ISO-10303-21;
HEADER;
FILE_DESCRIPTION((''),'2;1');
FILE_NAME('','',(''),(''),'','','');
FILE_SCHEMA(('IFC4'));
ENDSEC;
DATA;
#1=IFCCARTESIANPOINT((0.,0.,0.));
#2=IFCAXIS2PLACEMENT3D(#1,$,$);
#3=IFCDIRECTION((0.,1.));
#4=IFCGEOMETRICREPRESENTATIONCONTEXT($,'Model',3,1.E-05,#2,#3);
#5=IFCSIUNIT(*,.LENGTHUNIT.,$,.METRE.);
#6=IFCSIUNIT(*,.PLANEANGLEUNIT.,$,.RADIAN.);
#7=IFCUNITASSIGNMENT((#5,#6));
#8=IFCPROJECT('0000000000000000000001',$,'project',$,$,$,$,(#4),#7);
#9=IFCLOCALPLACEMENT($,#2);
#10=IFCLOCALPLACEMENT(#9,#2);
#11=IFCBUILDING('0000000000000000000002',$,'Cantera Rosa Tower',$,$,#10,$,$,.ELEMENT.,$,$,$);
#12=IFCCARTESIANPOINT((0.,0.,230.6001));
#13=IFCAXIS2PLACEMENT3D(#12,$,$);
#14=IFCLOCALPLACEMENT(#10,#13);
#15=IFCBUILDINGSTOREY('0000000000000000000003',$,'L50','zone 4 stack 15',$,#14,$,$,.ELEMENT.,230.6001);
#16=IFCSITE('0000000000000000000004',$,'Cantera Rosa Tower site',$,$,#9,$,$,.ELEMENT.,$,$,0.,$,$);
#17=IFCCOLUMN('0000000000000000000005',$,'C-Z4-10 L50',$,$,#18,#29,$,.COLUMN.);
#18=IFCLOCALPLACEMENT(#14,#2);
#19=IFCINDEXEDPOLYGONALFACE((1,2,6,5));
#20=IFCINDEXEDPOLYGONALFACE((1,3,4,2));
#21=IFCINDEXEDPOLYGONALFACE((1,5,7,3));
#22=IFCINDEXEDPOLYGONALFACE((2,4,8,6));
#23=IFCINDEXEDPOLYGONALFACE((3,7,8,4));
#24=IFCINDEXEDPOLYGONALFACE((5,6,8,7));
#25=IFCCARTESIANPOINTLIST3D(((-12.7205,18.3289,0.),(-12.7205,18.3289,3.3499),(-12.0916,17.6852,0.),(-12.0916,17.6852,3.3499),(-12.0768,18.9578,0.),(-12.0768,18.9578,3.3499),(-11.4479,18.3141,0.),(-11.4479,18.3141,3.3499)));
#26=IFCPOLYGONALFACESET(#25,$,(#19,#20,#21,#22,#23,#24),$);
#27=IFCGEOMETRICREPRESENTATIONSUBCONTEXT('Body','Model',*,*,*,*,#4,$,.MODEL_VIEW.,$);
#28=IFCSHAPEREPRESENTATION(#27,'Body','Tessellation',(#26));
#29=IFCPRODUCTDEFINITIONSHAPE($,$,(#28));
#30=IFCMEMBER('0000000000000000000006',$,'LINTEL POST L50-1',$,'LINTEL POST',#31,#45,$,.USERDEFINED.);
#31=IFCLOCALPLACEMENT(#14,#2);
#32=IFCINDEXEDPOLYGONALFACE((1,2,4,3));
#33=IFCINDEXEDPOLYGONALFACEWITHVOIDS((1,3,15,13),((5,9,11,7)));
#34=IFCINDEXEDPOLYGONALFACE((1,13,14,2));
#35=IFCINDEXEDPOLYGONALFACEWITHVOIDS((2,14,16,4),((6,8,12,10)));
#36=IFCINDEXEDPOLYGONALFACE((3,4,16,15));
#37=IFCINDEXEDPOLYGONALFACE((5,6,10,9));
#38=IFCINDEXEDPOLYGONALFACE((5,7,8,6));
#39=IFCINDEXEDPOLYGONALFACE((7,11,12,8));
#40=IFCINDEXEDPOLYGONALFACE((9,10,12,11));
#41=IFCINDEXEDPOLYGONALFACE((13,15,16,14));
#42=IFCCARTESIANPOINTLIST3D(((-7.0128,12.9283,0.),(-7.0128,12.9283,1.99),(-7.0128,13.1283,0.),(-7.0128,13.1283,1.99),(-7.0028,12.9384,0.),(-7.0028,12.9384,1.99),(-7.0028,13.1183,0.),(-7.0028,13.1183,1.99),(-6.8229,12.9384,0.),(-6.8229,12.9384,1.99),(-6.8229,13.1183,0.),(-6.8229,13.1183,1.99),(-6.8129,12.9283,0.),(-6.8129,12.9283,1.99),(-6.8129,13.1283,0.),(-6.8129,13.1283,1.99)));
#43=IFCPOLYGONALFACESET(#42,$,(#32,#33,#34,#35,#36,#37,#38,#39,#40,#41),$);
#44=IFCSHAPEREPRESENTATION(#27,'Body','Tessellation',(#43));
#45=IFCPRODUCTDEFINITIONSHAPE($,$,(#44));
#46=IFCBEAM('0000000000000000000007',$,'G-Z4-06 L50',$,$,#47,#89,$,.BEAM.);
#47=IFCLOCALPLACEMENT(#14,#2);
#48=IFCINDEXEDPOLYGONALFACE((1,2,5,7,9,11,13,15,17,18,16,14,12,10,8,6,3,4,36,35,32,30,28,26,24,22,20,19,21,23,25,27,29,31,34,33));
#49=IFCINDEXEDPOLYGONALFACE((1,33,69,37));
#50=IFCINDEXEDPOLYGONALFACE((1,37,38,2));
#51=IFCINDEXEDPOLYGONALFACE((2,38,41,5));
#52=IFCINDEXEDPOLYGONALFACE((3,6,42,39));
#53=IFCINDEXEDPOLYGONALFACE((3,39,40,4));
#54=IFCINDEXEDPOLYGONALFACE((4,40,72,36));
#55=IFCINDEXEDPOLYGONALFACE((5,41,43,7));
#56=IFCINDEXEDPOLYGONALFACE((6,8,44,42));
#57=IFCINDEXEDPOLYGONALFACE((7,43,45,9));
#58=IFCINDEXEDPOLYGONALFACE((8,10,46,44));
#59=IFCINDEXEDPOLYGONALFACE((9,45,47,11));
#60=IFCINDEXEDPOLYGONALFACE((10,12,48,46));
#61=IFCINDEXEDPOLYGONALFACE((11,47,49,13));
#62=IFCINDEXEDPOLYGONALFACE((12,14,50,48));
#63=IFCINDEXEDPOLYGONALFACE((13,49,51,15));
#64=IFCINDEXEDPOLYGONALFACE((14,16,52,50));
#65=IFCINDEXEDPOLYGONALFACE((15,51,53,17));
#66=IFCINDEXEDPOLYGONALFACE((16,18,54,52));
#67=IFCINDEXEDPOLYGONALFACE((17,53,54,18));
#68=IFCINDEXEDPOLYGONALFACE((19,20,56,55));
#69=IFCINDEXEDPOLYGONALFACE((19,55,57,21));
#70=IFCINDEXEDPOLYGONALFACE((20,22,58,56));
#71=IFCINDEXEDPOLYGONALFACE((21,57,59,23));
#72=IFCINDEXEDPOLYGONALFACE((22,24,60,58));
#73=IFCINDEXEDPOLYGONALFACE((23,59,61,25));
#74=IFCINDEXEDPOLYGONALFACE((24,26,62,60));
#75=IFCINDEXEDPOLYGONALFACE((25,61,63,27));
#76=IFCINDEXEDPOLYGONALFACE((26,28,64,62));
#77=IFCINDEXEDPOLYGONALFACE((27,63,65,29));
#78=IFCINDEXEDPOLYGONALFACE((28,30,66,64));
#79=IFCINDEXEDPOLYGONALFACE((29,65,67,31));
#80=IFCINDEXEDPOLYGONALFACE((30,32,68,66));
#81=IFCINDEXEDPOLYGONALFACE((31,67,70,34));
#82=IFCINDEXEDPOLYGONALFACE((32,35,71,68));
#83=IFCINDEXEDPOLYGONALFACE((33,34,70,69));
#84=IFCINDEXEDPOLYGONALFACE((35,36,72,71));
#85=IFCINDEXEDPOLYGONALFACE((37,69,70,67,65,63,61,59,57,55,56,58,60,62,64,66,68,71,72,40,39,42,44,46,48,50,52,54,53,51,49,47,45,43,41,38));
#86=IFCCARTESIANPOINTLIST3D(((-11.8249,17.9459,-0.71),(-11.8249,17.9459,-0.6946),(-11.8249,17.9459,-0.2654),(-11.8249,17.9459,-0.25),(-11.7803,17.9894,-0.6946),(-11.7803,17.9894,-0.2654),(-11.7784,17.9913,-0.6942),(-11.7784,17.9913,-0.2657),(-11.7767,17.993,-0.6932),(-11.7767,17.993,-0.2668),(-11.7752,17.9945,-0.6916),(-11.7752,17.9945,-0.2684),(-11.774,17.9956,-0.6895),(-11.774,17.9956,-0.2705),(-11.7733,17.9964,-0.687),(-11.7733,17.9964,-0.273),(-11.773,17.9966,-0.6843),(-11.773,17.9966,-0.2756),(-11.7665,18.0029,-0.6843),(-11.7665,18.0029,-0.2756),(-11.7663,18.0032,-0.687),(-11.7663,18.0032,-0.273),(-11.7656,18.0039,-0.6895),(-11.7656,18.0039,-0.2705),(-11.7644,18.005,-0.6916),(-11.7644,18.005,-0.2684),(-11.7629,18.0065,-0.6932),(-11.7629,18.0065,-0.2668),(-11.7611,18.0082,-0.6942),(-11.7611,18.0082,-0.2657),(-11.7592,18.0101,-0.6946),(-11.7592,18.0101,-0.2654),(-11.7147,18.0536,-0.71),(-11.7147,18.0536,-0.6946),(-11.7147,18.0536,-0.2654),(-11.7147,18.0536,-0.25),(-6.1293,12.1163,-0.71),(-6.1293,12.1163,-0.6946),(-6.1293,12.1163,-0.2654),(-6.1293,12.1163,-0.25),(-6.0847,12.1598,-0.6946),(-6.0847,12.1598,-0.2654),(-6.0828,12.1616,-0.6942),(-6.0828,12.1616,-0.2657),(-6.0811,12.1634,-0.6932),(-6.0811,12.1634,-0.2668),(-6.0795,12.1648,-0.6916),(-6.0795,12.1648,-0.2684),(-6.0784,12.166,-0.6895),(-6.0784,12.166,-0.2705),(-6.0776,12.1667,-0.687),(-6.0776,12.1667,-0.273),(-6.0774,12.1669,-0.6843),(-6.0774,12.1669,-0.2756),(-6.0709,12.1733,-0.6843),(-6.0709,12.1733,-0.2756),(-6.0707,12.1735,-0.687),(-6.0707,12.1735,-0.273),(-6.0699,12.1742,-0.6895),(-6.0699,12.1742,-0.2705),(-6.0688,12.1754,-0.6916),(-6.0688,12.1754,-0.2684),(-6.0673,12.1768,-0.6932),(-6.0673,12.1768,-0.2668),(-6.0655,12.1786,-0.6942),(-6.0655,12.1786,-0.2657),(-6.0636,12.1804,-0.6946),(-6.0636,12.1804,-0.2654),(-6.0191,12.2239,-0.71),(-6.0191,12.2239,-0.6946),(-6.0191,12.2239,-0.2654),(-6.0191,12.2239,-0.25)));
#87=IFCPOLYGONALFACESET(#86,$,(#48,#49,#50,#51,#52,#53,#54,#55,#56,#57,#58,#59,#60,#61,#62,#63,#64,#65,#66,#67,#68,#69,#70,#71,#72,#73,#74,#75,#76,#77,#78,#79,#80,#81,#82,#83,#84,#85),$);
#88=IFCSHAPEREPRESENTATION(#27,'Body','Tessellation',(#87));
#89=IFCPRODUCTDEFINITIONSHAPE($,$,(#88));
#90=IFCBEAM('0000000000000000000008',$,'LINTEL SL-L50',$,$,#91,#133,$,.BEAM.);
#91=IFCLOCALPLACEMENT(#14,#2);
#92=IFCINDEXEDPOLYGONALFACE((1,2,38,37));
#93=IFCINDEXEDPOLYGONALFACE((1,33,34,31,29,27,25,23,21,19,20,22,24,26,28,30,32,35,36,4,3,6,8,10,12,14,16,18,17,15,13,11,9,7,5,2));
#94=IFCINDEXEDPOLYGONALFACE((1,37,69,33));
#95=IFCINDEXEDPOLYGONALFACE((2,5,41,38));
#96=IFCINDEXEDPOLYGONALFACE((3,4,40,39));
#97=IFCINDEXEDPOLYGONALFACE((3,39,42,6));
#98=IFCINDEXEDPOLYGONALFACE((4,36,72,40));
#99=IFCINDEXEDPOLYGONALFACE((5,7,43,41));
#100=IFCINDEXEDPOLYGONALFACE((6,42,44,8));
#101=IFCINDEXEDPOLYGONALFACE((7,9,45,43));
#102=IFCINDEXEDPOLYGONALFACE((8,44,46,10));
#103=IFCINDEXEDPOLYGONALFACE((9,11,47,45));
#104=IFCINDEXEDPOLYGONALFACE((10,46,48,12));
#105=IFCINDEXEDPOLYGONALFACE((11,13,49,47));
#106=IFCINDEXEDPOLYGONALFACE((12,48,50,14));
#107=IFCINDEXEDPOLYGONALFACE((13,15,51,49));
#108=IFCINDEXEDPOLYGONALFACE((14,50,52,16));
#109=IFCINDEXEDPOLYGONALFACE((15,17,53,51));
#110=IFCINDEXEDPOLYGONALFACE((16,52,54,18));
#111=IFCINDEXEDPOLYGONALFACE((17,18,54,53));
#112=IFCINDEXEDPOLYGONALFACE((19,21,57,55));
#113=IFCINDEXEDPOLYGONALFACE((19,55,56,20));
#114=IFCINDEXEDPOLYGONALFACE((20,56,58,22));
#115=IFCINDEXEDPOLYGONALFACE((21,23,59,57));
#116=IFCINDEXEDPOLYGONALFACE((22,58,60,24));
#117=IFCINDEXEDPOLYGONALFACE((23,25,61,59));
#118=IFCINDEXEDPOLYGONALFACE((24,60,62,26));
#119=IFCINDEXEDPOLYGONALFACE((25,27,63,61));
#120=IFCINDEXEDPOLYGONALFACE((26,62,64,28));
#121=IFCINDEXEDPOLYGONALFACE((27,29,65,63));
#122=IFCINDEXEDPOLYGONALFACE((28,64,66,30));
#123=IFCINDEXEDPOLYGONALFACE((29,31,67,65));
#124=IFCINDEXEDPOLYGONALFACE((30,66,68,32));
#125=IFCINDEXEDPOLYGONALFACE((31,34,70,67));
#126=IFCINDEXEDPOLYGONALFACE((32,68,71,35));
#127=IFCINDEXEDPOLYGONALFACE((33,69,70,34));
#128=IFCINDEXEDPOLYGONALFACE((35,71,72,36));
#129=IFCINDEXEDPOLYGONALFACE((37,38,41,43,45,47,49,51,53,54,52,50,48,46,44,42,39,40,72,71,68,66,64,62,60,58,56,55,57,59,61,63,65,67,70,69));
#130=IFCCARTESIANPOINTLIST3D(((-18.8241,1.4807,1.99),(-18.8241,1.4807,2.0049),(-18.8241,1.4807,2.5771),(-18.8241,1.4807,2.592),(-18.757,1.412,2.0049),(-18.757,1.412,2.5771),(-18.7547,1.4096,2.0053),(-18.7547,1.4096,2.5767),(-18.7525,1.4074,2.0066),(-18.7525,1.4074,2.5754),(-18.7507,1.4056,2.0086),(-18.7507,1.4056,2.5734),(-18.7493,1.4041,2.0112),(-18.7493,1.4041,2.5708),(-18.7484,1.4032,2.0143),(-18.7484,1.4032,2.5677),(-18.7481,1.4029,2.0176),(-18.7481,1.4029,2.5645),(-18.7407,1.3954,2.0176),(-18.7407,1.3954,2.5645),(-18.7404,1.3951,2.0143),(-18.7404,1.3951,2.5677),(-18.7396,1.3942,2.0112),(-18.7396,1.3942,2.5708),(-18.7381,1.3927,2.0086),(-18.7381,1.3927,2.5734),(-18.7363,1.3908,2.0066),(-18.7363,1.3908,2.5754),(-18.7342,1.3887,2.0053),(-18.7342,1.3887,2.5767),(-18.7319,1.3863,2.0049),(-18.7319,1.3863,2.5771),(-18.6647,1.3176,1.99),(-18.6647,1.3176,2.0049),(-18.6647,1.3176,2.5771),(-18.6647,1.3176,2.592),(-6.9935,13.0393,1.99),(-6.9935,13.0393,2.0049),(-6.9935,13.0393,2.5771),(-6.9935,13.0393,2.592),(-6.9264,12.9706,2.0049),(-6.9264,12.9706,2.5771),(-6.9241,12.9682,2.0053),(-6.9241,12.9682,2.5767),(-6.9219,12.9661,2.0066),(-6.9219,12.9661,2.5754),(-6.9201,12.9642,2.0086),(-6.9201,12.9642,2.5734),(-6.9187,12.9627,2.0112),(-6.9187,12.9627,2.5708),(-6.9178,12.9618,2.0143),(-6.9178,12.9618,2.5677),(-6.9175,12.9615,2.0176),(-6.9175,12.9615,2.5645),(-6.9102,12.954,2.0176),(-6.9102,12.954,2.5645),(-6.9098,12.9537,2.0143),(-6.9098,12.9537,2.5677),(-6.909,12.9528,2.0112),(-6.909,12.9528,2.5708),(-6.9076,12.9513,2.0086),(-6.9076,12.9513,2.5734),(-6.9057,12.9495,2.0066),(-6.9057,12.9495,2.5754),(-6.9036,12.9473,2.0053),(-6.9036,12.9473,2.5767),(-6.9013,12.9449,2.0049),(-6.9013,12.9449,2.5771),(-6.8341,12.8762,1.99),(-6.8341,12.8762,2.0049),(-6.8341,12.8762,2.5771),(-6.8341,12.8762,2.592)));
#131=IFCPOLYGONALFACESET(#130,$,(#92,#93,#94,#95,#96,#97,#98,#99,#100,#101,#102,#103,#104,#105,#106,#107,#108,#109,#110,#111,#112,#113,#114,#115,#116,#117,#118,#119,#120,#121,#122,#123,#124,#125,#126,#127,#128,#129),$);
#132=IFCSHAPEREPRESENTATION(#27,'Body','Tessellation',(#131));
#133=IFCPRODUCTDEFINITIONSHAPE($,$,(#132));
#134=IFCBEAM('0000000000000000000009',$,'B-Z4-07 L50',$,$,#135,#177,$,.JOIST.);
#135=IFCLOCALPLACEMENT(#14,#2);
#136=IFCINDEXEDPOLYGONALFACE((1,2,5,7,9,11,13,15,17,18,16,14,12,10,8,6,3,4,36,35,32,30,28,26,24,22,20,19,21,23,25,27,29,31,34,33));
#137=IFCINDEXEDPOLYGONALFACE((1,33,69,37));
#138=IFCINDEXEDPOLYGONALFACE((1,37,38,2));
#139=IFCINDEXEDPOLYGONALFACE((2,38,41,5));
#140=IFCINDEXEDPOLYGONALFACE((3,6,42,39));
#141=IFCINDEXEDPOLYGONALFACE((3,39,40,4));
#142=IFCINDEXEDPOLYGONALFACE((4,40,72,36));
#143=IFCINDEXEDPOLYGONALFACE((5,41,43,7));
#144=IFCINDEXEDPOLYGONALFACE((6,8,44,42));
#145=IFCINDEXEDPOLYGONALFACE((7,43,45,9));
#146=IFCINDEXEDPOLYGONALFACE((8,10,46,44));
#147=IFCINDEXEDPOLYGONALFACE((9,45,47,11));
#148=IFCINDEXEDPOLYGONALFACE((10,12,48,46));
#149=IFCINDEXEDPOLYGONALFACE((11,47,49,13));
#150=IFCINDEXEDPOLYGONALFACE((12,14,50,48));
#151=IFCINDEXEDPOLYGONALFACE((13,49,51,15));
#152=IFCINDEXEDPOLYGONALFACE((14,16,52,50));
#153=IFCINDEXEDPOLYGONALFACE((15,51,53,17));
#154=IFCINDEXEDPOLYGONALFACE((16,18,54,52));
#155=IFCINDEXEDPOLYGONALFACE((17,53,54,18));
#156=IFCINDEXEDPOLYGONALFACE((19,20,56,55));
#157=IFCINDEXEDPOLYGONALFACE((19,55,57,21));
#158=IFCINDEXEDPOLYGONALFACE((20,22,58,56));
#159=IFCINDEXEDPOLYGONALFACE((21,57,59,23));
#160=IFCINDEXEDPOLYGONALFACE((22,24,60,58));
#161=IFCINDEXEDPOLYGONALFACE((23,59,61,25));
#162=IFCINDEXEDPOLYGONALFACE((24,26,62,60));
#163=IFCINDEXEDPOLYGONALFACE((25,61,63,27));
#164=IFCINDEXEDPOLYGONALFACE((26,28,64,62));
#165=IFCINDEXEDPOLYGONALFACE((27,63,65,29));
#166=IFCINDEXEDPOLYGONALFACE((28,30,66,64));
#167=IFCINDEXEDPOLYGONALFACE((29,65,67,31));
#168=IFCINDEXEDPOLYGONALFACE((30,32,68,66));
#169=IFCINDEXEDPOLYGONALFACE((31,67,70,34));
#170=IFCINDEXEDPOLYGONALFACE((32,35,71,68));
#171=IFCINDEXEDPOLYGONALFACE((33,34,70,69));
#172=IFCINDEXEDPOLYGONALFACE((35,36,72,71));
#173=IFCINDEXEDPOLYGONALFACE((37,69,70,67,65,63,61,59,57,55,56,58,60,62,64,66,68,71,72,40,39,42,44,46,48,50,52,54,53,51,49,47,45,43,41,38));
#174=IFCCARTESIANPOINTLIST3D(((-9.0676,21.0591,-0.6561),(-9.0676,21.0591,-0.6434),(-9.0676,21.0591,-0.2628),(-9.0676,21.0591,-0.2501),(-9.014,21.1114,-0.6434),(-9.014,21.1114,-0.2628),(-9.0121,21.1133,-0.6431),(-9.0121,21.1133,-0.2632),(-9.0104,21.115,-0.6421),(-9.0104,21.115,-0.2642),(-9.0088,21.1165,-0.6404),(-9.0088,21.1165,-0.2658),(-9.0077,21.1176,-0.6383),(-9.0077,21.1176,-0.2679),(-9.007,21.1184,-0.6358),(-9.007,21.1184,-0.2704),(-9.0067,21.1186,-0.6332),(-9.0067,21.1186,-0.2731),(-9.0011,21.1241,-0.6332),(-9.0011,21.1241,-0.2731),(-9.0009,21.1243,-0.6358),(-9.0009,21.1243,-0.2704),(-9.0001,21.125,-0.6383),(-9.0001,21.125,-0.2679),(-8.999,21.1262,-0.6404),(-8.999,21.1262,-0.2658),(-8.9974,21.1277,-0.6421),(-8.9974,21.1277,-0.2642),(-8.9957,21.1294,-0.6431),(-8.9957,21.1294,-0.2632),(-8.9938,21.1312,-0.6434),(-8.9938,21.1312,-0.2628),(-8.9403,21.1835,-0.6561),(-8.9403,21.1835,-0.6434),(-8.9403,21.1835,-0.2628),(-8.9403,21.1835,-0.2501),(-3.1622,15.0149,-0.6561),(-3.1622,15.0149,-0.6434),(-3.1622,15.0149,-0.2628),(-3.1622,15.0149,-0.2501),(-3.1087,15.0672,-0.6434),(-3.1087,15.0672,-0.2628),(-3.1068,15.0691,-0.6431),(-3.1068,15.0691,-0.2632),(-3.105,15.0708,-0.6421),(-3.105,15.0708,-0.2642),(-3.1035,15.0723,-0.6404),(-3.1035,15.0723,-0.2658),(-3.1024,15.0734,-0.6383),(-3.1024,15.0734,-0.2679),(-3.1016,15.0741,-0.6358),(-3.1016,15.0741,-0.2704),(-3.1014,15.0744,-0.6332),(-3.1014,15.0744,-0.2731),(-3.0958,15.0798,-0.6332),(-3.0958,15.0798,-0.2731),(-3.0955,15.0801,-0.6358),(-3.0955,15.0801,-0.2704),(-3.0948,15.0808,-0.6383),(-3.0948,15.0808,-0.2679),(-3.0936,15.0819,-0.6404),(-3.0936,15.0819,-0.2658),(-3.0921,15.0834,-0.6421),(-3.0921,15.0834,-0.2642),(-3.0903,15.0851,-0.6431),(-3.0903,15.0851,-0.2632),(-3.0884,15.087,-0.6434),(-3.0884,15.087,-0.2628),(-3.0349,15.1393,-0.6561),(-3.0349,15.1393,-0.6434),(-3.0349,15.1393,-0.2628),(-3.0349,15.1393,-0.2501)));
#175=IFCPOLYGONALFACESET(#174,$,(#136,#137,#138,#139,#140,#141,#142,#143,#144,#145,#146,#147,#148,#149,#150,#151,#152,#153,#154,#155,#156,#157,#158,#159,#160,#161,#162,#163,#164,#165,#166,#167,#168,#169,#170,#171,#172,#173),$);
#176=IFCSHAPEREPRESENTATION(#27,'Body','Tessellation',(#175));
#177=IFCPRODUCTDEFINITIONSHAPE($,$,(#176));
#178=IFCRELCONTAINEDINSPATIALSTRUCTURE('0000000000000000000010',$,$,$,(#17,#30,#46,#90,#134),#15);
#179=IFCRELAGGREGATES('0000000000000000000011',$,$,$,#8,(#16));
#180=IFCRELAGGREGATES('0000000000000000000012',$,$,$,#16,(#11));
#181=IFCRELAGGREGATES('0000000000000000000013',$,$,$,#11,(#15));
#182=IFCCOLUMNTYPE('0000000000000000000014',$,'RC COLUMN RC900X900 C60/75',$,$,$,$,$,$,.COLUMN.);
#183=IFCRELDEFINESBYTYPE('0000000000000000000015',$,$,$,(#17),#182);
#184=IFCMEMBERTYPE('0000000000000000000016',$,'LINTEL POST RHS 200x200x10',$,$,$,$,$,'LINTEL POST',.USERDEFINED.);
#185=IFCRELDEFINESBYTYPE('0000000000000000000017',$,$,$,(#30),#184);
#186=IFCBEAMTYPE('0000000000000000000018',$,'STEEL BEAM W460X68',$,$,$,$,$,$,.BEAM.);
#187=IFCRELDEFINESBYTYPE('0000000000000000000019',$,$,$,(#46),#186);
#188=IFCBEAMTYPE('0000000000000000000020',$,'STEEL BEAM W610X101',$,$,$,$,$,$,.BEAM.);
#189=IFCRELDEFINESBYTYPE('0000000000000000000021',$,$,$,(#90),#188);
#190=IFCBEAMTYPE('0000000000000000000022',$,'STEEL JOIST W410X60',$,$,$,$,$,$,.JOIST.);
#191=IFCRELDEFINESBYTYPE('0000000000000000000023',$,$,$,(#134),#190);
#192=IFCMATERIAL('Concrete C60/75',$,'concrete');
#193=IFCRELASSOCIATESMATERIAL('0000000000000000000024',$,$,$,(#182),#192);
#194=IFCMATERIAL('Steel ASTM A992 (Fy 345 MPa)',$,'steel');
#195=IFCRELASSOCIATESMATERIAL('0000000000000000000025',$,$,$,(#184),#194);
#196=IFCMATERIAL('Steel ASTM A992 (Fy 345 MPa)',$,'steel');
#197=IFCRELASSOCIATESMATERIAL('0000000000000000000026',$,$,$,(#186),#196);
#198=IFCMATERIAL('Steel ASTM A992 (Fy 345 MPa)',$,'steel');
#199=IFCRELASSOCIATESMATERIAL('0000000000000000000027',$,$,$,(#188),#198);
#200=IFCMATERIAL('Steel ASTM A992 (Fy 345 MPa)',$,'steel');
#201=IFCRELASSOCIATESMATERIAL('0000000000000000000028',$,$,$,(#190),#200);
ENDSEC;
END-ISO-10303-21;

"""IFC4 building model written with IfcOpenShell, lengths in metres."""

from ifc_helpers import new_model, si_unit, direction, frame, origin, origin_2d, place, context, subcontext, project, spatial, rectangle, hollow_rectangle, i_section, extrude, material, material_profile, profile_set, type_object, element, save


model = new_model("IFC4")

# Units and contexts
model_context = context("Model", 3, precision=1e-05, world=origin(), true_north=direction((0.0, 1.0)))
body_context = subcontext(model_context, "Body", "Model", "MODEL_VIEW")
ifc_project = project(units=[si_unit("LENGTHUNIT", "METRE"), si_unit("PLANEANGLEUNIT", "RADIAN")], contexts=[model_context])

# Site, building, storey
site_placement = place(None, origin())
site = spatial("IfcSite", under=ifc_project, at=site_placement, Name="Cantera Rosa Tower site", CompositionType="ELEMENT", RefElevation=0.0)
building_placement = place(site_placement, origin())
building = spatial("IfcBuilding", under=site, at=building_placement, Name="Cantera Rosa Tower", CompositionType="ELEMENT")
storey_placement = place(building_placement, frame((0.0, 0.0, 230.6001)))
storey = spatial("IfcBuildingStorey", under=building, at=storey_placement, Name="L50", Description="zone 4 stack 15", CompositionType="ELEMENT", Elevation=230.6001)

# Column
ifc_material_1 = material(Name="Concrete C60/75", Category="concrete")
ifc_material_profile_1 = material_profile(ifc_material_1, rectangle(XDim=0.8999, YDim=0.8999, at=origin_2d()), Name="RC COLUMN RC900X900 C60/75")
ifc_profile_set_1 = profile_set([ifc_material_profile_1], Name="Concrete C60/75")
column_type = type_object("IfcColumnType", Name="RC COLUMN RC900X900 C60/75", PredefinedType="COLUMN", material=ifc_profile_set_1)
column_placement = place(storey_placement, frame((-12.0842, 18.3215, 0.0), z_axis=(0.0, 0.0, 1.0), x_axis=(0.715286, 0.698832, 0.0)))
element("IfcColumn", 1, at=column_placement, inside=storey, type_object=column_type, Name="C-Z4-10 L50", PredefinedType="COLUMN", context=body_context, shape_type="SweptSolid", body=[
    extrude(rectangle(XDim=0.8999, YDim=0.8999, at=origin_2d()), origin(), (0.0, 0.0, 1.0), 3.3499),
])

# Member
ifc_material_2 = material(Name="Steel ASTM A992 (Fy 345 MPa)", Category="steel")
ifc_material_profile_2 = material_profile(ifc_material_2, hollow_rectangle(XDim=0.2, YDim=0.2, WallThickness=0.01, at=origin_2d()), Name="LINTEL POST RHS 200x200x10")
ifc_profile_set_2 = profile_set([ifc_material_profile_2], Name="Steel ASTM A992 (Fy 345 MPa)")
member_type = type_object("IfcMemberType", Name="LINTEL POST RHS 200x200x10", ElementType="LINTEL POST", PredefinedType="USERDEFINED", material=ifc_profile_set_2)
member_placement = place(storey_placement, frame((-6.9128, 13.0283, 0.0), z_axis=(0.0, 0.0, 1.0), x_axis=(1.0, 0.0, 0.0)))
element("IfcMember", 2, at=member_placement, inside=storey, type_object=member_type, Name="LINTEL POST L50-1", ObjectType="LINTEL POST", PredefinedType="USERDEFINED", context=body_context, shape_type="SweptSolid", body=[
    extrude(hollow_rectangle(XDim=0.2, YDim=0.2, WallThickness=0.01, at=origin_2d()), origin(), (0.0, 0.0, 1.0), 1.99),
])

# Beams
ifc_material_3 = material(Name="Steel ASTM A992 (Fy 345 MPa)", Category="steel")
ifc_material_profile_3 = material_profile(ifc_material_3, i_section(OverallWidth=0.1541, OverallDepth=0.46, WebThickness=0.009, FlangeThickness=0.0154, FilletRadius=0.0103, at=origin_2d()), Name="W460X68")
ifc_profile_set_3 = profile_set([ifc_material_profile_3], Name="Steel ASTM A992 (Fy 345 MPa)")
beam_type_1 = type_object("IfcBeamType", Name="STEEL BEAM W460X68", PredefinedType="BEAM", material=ifc_profile_set_3)
beam_1_placement = place(storey_placement, frame((-11.7698, 17.9998, -0.48), z_axis=(0.698836, -0.715282, 0.0), x_axis=(0.715282, 0.698836, 0.0)))
element("IfcBeam", 3, at=beam_1_placement, inside=storey, type_object=beam_type_1, Name="G-Z4-06 L50", PredefinedType="BEAM", context=body_context, shape_type="SweptSolid", body=[
    extrude(i_section(OverallWidth=0.1541, OverallDepth=0.46, WebThickness=0.009, FlangeThickness=0.0154, FilletRadius=0.0103, at=origin_2d()), origin(), (0.0, 0.0, 1.0), 8.1501),
])
ifc_material_4 = material(Name="Steel ASTM A992 (Fy 345 MPa)", Category="steel")
ifc_material_profile_4 = material_profile(ifc_material_4, i_section(OverallWidth=0.228, OverallDepth=0.6021, WebThickness=0.0105, FlangeThickness=0.0149, FilletRadius=0.0127, at=origin_2d()), Name="W610X101")
ifc_profile_set_4 = profile_set([ifc_material_profile_4], Name="Steel ASTM A992 (Fy 345 MPa)")
beam_type_2 = type_object("IfcBeamType", Name="STEEL BEAM W610X101", PredefinedType="BEAM", material=ifc_profile_set_4)
beam_2_placement = place(storey_placement, frame((-6.9138, 12.9578, 2.291), z_axis=(-0.715281, -0.698837, 0.0), x_axis=(0.698837, -0.715281, 0.0)))
element("IfcBeam", 4, at=beam_2_placement, inside=storey, type_object=beam_type_2, Name="LINTEL SL-L50", PredefinedType="BEAM", context=body_context, shape_type="SweptSolid", body=[
    extrude(i_section(OverallWidth=0.228, OverallDepth=0.6021, WebThickness=0.0105, FlangeThickness=0.0149, FilletRadius=0.0127, at=origin_2d()), origin(), (0.0, 0.0, 1.0), 16.5398),
])
ifc_material_5 = material(Name="Steel ASTM A992 (Fy 345 MPa)", Category="steel")
ifc_material_profile_5 = material_profile(ifc_material_5, i_section(OverallWidth=0.178, OverallDepth=0.406, WebThickness=0.0078, FlangeThickness=0.0127, FilletRadius=0.0103, at=origin_2d()), Name="W410X60")
ifc_profile_set_5 = profile_set([ifc_material_profile_5], Name="Steel ASTM A992 (Fy 345 MPa)")
beam_type_3 = type_object("IfcBeamType", Name="STEEL JOIST W410X60", PredefinedType="JOIST", material=ifc_profile_set_5)
beam_3_placement = place(storey_placement, frame((-9.0039, 21.1213, -0.4531), z_axis=(0.698839, -0.715279, 0.0), x_axis=(0.715279, 0.698839, 0.0)))
element("IfcBeam", 5, at=beam_3_placement, inside=storey, type_object=beam_type_3, Name="B-Z4-07 L50", PredefinedType="JOIST", context=body_context, shape_type="SweptSolid", body=[
    extrude(i_section(OverallWidth=0.178, OverallDepth=0.406, WebThickness=0.0078, FlangeThickness=0.0127, FilletRadius=0.0103, at=origin_2d()), origin(), (0.0, 0.0, 1.0), 8.4502),
])

save(model, "model.ifc")
